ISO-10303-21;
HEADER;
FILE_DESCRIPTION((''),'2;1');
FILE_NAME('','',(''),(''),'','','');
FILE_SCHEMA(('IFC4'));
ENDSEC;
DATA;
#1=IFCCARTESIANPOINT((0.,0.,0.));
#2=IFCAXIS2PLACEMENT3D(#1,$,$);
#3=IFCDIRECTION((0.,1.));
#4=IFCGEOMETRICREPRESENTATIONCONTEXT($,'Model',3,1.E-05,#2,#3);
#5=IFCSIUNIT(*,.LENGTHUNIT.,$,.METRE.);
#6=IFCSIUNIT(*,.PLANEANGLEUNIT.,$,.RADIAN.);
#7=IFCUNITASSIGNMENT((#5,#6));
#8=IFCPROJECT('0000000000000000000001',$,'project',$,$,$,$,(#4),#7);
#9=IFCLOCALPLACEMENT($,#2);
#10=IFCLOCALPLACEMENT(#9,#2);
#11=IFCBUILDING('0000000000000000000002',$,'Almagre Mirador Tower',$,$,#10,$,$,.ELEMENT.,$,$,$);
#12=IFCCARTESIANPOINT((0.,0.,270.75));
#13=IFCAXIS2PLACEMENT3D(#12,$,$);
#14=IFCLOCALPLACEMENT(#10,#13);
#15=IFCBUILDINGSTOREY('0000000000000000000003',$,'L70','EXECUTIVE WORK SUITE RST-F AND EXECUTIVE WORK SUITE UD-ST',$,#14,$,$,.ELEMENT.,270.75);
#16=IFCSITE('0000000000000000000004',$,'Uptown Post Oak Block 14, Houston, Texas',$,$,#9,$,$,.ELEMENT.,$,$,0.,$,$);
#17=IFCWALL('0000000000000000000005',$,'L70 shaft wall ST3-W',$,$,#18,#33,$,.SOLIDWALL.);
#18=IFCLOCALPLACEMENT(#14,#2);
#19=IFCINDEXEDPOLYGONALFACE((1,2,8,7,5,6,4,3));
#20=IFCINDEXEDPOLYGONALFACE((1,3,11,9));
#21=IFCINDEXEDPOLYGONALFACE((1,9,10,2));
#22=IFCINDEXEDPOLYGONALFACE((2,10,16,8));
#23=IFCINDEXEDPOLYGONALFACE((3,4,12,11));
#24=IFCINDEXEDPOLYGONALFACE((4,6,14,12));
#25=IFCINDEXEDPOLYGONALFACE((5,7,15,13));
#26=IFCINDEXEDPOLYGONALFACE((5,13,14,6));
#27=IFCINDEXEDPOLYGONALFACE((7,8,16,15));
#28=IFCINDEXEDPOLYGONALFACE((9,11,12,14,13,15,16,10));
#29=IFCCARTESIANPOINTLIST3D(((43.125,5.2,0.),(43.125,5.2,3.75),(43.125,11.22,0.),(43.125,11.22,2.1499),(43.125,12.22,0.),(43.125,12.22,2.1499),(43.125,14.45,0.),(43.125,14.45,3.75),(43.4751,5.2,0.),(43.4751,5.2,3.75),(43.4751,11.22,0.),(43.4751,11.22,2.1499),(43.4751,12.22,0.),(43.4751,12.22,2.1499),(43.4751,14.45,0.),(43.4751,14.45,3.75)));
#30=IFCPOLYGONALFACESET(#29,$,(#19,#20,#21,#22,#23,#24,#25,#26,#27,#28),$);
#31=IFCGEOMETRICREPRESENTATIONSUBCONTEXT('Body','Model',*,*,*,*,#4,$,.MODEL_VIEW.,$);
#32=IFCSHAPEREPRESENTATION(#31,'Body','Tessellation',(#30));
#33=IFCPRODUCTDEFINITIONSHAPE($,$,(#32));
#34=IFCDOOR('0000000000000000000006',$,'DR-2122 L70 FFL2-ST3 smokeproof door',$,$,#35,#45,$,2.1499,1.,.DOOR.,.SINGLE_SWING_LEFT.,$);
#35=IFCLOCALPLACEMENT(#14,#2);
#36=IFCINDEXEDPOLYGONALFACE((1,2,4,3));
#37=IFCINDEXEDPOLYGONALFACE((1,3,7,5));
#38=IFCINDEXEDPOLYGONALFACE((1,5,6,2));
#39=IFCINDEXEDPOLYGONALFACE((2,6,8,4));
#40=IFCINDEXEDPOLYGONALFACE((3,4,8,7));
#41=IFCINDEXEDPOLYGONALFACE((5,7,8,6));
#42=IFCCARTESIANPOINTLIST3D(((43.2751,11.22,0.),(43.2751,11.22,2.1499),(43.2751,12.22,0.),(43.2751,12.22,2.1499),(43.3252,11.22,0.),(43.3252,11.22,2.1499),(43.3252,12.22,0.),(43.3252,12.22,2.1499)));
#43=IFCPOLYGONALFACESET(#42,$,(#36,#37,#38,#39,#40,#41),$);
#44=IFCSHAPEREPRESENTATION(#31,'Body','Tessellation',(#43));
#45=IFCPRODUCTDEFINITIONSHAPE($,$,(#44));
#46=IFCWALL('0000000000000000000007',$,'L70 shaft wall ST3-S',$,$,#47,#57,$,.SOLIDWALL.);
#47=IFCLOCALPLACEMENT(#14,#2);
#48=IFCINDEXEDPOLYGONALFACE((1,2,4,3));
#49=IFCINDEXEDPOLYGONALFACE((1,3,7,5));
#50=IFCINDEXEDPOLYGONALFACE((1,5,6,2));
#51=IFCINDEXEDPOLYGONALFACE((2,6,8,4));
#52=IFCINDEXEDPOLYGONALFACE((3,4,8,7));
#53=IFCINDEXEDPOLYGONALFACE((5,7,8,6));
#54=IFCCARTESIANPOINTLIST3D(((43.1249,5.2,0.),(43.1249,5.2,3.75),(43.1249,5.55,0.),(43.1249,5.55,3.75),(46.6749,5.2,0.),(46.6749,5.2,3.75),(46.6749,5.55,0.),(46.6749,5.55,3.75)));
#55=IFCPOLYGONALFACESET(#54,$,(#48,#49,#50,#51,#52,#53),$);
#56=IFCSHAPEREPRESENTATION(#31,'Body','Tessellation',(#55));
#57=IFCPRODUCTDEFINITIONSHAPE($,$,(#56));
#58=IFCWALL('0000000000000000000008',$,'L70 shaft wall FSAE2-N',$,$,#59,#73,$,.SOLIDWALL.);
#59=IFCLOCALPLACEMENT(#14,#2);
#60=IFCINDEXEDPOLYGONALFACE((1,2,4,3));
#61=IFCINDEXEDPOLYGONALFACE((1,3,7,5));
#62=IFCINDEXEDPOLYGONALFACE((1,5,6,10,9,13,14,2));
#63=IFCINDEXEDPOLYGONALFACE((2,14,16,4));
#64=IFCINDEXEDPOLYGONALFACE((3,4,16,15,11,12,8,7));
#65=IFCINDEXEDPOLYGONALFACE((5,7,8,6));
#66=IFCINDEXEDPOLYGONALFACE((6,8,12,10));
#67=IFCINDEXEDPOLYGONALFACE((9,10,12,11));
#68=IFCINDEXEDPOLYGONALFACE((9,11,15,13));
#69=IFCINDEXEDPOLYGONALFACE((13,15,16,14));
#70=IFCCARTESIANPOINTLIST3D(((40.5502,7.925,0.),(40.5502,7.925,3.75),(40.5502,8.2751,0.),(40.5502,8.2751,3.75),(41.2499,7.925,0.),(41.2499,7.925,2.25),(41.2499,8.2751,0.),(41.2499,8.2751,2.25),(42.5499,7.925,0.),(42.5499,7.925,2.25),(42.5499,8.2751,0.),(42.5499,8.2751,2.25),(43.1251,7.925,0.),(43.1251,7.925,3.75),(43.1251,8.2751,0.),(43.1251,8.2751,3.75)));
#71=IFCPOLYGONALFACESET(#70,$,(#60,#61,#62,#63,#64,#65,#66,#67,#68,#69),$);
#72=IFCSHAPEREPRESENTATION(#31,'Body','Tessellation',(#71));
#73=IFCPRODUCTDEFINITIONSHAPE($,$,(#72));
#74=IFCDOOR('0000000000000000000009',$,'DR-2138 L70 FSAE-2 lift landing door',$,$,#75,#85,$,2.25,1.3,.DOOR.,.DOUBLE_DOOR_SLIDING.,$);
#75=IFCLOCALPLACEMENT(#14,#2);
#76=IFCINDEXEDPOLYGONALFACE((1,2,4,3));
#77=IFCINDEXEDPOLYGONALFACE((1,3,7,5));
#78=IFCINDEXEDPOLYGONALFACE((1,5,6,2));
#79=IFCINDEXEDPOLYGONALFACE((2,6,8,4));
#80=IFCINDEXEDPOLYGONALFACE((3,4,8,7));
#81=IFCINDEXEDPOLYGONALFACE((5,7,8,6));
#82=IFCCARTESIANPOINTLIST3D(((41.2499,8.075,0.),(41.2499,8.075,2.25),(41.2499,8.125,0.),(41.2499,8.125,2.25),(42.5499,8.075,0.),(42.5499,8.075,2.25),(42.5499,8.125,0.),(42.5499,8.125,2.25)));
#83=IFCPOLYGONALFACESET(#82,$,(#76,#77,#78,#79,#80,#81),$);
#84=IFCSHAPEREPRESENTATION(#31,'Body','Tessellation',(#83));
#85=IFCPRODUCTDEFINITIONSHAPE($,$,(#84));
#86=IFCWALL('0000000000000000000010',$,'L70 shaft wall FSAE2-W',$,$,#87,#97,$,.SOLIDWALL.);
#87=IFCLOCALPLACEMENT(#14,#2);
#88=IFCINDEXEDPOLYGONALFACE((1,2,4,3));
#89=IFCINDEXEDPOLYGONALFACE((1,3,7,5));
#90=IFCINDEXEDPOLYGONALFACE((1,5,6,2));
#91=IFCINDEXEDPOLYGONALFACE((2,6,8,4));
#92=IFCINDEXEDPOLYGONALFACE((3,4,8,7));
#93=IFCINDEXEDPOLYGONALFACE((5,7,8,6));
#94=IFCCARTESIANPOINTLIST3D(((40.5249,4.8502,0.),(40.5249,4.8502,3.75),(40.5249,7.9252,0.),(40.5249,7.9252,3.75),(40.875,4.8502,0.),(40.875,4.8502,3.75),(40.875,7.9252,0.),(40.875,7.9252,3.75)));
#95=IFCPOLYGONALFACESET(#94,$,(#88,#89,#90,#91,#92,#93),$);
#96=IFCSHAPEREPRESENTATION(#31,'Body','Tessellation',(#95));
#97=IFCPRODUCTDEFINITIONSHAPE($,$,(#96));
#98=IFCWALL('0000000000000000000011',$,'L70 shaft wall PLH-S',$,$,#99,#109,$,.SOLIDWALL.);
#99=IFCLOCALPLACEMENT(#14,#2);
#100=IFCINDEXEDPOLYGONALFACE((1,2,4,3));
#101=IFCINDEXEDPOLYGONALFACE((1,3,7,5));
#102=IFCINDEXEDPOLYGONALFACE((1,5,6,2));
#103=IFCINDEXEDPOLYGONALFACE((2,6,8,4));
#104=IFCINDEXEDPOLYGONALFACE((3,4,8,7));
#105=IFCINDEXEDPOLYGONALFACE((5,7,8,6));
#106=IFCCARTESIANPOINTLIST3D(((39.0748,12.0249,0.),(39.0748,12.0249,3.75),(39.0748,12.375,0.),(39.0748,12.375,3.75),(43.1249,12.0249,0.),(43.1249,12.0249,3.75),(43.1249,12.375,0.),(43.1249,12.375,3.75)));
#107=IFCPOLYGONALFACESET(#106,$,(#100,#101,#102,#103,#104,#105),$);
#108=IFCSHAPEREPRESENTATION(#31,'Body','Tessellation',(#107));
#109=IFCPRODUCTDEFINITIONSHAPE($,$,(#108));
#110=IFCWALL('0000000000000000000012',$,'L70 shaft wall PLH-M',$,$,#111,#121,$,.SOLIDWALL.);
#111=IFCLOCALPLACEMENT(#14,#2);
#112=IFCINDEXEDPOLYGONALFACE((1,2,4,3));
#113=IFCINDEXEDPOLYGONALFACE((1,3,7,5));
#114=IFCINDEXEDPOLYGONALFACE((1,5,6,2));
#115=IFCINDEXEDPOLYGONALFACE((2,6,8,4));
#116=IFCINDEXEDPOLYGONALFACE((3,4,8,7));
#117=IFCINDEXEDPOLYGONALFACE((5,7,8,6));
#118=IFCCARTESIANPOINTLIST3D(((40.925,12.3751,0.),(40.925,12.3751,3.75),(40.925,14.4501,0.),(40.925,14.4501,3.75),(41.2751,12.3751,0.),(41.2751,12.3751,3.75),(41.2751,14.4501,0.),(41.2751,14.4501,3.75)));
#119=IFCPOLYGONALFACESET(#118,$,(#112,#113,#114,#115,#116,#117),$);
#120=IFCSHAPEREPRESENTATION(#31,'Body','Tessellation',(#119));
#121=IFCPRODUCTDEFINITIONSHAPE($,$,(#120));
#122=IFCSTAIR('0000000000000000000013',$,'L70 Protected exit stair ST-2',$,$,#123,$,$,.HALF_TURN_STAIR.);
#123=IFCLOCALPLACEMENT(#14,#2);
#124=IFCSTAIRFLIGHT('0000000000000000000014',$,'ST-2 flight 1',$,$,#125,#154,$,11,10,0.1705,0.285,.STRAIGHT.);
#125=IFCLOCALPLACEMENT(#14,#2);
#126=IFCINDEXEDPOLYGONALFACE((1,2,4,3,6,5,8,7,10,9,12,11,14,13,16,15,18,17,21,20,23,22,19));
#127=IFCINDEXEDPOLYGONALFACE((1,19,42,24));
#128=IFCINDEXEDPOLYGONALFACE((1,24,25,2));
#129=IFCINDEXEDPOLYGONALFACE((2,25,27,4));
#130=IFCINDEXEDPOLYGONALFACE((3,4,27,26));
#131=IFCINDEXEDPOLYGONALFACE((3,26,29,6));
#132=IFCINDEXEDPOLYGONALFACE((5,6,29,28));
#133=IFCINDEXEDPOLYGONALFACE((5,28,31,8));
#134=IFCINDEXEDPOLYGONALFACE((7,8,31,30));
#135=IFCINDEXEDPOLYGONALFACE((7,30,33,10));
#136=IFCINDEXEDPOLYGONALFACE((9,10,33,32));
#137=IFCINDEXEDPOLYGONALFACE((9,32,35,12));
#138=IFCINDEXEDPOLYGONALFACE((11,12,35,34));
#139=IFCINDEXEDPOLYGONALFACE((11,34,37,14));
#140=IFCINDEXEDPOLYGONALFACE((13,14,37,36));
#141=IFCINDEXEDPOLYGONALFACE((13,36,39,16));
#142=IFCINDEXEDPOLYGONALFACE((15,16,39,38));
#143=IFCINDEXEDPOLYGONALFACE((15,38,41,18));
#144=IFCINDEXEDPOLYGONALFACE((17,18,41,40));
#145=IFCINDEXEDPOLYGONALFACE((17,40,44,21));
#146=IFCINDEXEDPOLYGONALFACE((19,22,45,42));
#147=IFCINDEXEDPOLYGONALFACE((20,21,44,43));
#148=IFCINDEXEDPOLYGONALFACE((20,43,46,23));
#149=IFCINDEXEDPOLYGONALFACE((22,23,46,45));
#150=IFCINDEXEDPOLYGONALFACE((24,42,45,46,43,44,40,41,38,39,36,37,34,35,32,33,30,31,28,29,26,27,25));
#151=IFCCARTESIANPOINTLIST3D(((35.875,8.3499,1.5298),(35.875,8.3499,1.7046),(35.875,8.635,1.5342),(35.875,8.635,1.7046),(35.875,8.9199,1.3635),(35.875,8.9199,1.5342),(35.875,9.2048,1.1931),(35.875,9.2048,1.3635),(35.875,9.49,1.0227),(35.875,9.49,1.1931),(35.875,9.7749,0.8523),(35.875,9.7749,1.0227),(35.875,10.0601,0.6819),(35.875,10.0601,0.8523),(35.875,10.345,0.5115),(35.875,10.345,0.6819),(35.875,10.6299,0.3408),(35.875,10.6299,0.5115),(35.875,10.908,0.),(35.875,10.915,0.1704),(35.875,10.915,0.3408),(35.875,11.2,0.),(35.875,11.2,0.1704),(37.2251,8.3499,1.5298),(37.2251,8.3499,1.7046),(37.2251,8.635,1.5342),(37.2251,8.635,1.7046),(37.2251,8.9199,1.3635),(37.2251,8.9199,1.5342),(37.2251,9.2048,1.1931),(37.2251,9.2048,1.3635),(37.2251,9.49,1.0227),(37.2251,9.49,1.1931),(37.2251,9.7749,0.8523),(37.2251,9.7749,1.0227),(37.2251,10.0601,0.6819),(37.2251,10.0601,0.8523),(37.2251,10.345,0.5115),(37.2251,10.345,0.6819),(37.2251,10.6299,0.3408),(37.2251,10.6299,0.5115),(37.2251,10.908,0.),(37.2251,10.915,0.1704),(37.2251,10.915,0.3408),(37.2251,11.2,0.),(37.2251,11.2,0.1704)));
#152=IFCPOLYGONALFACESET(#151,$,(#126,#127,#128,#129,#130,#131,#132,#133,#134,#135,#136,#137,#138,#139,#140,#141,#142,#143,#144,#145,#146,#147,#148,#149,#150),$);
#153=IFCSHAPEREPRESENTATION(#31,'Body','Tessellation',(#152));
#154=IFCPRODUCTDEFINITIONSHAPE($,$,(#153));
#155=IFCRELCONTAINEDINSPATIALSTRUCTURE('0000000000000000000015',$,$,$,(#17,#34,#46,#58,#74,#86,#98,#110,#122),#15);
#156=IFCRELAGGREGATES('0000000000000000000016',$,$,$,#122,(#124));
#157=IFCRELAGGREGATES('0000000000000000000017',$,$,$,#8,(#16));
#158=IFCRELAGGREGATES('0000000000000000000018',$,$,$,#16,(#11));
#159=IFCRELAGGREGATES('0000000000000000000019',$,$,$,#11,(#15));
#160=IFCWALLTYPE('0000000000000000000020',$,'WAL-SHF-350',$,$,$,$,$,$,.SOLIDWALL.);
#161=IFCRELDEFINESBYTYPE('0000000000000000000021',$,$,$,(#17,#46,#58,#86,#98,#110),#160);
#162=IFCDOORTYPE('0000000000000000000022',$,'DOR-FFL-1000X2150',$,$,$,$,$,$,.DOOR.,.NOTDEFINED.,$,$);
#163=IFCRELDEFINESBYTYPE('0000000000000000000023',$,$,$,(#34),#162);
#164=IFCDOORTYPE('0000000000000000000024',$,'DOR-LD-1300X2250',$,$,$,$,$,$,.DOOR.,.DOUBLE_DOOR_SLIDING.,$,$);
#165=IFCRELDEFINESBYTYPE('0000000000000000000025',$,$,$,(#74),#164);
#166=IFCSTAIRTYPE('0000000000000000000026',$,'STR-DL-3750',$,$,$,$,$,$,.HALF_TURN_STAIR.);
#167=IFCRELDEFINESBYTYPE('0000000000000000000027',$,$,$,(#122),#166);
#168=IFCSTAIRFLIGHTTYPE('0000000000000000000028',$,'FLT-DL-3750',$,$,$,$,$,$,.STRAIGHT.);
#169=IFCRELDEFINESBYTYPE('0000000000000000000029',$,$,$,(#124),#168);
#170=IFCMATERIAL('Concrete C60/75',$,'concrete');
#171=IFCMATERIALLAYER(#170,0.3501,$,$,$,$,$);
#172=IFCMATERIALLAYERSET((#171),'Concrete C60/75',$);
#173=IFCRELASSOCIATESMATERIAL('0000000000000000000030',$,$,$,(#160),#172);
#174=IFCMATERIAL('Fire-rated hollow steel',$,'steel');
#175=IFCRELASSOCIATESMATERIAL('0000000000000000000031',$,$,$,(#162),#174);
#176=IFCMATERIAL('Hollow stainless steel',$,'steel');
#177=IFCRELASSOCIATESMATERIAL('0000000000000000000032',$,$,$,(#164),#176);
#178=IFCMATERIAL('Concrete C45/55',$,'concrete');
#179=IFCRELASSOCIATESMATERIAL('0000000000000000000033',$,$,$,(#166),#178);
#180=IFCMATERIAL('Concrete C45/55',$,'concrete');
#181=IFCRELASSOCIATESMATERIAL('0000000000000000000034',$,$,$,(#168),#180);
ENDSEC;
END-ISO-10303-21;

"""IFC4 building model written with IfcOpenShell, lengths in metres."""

from ifc_helpers import new_model, si_unit, direction, frame, frame_2d, origin, place, context, subcontext, project, spatial, polyline, rectangle, outline, extrude, material, layer, layer_set, type_object, element, fill, aggregate, save


model = new_model("IFC4")

# Units and contexts
model_context = context("Model", 3, precision=1e-05, world=origin(), true_north=direction((0.0, 1.0)))
body_context = subcontext(model_context, "Body", "Model", "MODEL_VIEW")
ifc_project = project(units=[si_unit("LENGTHUNIT", "METRE"), si_unit("PLANEANGLEUNIT", "RADIAN")], contexts=[model_context])

# Site, building, storey
site_placement = place(None, origin())
site = spatial("IfcSite", under=ifc_project, at=site_placement, Name="Uptown Post Oak Block 14, Houston, Texas", CompositionType="ELEMENT", RefElevation=0.0)
building_placement = place(site_placement, origin())
building = spatial("IfcBuilding", under=site, at=building_placement, Name="Almagre Mirador Tower", CompositionType="ELEMENT")
storey_placement = place(building_placement, frame((0.0, 0.0, 270.75)))
storey = spatial("IfcBuildingStorey", under=building, at=storey_placement, Name="L70", Description="EXECUTIVE WORK SUITE RST-F AND EXECUTIVE WORK SUITE UD-ST", CompositionType="ELEMENT", Elevation=270.75)

# Wall, opening, door
ifc_material_1 = material(Name="Concrete C60/75", Category="concrete")
ifc_layer_1 = layer(ifc_material_1, 0.3501)
ifc_layer_set_1 = layer_set([ifc_layer_1], Name="Concrete C60/75")
wall_type_1 = type_object("IfcWallType", Name="WAL-SHF-350", PredefinedType="SOLIDWALL", material=ifc_layer_set_1)
ifc_material_2 = material(Name="Fire-rated hollow steel", Category="steel")
door_type_1 = type_object("IfcDoorType", Name="DOR-FFL-1000X2150", OperationType="NOTDEFINED", PredefinedType="DOOR", material=ifc_material_2)
wall_1_placement = place(storey_placement, frame((43.3, 5.2, 0.0), z_axis=(0.0, 0.0, 1.0), x_axis=(0.0, 1.0, 0.0)))
wall_1 = element("IfcWall", 1, at=wall_1_placement, inside=storey, type_object=wall_type_1, Name="L70 shaft wall ST3-W", PredefinedType="SOLIDWALL", context=body_context, shape_type="SweptSolid", body=[
    extrude(rectangle(XDim=9.25, YDim=0.3501, at=frame_2d((4.625, 0.0))), origin(), (0.0, 0.0, 1.0), 3.75),
])
opening_1_placement = place(wall_1_placement, frame((6.02, 0.0, 0.0)))
opening_1 = element("IfcOpeningElement", 2, at=opening_1_placement, cuts=wall_1, PredefinedType="OPENING", context=body_context, shape_type="SweptSolid", body=[
    extrude(rectangle(XDim=1.0, YDim=2.1499, at=frame_2d((0.5, 1.075))), frame((0.0, 0.185, 0.0), z_axis=(0.0, -1.0, 0.0), x_axis=(1.0, 0.0, 0.0)), (0.0, 0.0, 1.0), 0.3701),
])
door_1_placement = place(opening_1_placement, origin())
door_1 = element("IfcDoor", 3, at=door_1_placement, inside=storey, type_object=door_type_1, Name="DR-2122 L70 FFL2-ST3 smokeproof door", OperationType="SINGLE_SWING_LEFT", OverallHeight=2.1499, OverallWidth=1.0, PredefinedType="DOOR", context=body_context, shape_type="SweptSolid", body=[
    extrude(rectangle(XDim=1.0, YDim=2.1499, at=frame_2d((0.5, 1.075))), frame((0.0, 0.0249, 0.0), z_axis=(0.0, -1.0, 0.0), x_axis=(1.0, 0.0, 0.0)), (0.0, 0.0, 1.0), 0.05),
])
fill(opening_1, door_1)

# Wall
wall_2_placement = place(storey_placement, frame((43.125, 5.375, 0.0), z_axis=(0.0, 0.0, 1.0), x_axis=(1.0, 0.0, 0.0)))
element("IfcWall", 4, at=wall_2_placement, inside=storey, type_object=wall_type_1, Name="L70 shaft wall ST3-S", PredefinedType="SOLIDWALL", context=body_context, shape_type="SweptSolid", body=[
    extrude(rectangle(XDim=3.55, YDim=0.3501, at=frame_2d((1.7749, 0.0))), origin(), (0.0, 0.0, 1.0), 3.75),
])

# Wall, opening, door
wall_3_placement = place(storey_placement, frame((40.55, 8.1001, 0.0), z_axis=(0.0, 0.0, 1.0), x_axis=(1.0, 0.0, 0.0)))
wall_3 = element("IfcWall", 5, at=wall_3_placement, inside=storey, type_object=wall_type_1, Name="L70 shaft wall FSAE2-N", PredefinedType="SOLIDWALL", context=body_context, shape_type="SweptSolid", body=[
    extrude(rectangle(XDim=2.575, YDim=0.3501, at=frame_2d((1.2876, 0.0))), origin(), (0.0, 0.0, 1.0), 3.75),
])
opening_2_placement = place(wall_3_placement, frame((0.7, 0.0, 0.0)))
opening_2 = element("IfcOpeningElement", 6, at=opening_2_placement, cuts=wall_3, PredefinedType="OPENING", context=body_context, shape_type="SweptSolid", body=[
    extrude(rectangle(XDim=1.3, YDim=2.25, at=frame_2d((0.6499, 1.125))), frame((0.0, 0.185, 0.0), z_axis=(0.0, -1.0, 0.0), x_axis=(1.0, 0.0, 0.0)), (0.0, 0.0, 1.0), 0.3701),
])
ifc_material_3 = material(Name="Hollow stainless steel", Category="steel")
door_type_2 = type_object("IfcDoorType", Name="DOR-LD-1300X2250", OperationType="DOUBLE_DOOR_SLIDING", PredefinedType="DOOR", material=ifc_material_3)
door_2_placement = place(opening_2_placement, origin())
door_2 = element("IfcDoor", 7, at=door_2_placement, inside=storey, type_object=door_type_2, Name="DR-2138 L70 FSAE-2 lift landing door", OperationType="DOUBLE_DOOR_SLIDING", OverallHeight=2.25, OverallWidth=1.3, PredefinedType="DOOR", context=body_context, shape_type="SweptSolid", body=[
    extrude(rectangle(XDim=1.3, YDim=2.25, at=frame_2d((0.6499, 1.125))), frame((0.0, 0.0249, 0.0), z_axis=(0.0, -1.0, 0.0), x_axis=(1.0, 0.0, 0.0)), (0.0, 0.0, 1.0), 0.05),
])
fill(opening_2, door_2)

# Walls
wall_4_placement = place(storey_placement, frame((40.7, 4.8501, 0.0), z_axis=(0.0, 0.0, 1.0), x_axis=(0.0, 1.0, 0.0)))
element("IfcWall", 8, at=wall_4_placement, inside=storey, type_object=wall_type_1, Name="L70 shaft wall FSAE2-W", PredefinedType="SOLIDWALL", context=body_context, shape_type="SweptSolid", body=[
    extrude(rectangle(XDim=3.075, YDim=0.3501, at=frame_2d((1.5376, 0.0))), origin(), (0.0, 0.0, 1.0), 3.75),
])
wall_5_placement = place(storey_placement, frame((39.075, 12.2, 0.0), z_axis=(0.0, 0.0, 1.0), x_axis=(1.0, 0.0, 0.0)))
element("IfcWall", 9, at=wall_5_placement, inside=storey, type_object=wall_type_1, Name="L70 shaft wall PLH-S", PredefinedType="SOLIDWALL", context=body_context, shape_type="SweptSolid", body=[
    extrude(rectangle(XDim=4.05, YDim=0.3501, at=frame_2d((2.0249, 0.0))), origin(), (0.0, 0.0, 1.0), 3.75),
])
wall_6_placement = place(storey_placement, frame((41.1001, 12.375, 0.0), z_axis=(0.0, 0.0, 1.0), x_axis=(0.0, 1.0, 0.0)))
element("IfcWall", 10, at=wall_6_placement, inside=storey, type_object=wall_type_1, Name="L70 shaft wall PLH-M", PredefinedType="SOLIDWALL", context=body_context, shape_type="SweptSolid", body=[
    extrude(rectangle(XDim=2.075, YDim=0.3501, at=frame_2d((1.0376, 0.0))), origin(), (0.0, 0.0, 1.0), 3.75),
])

# Stair, stair flight
ifc_material_4 = material(Name="Concrete C45/55", Category="concrete")
stair_type = type_object("IfcStairType", Name="STR-DL-3750", PredefinedType="HALF_TURN_STAIR", material=ifc_material_4)
stair_1_placement = place(storey_placement, origin())
stair_1 = element("IfcStair", 11, at=stair_1_placement, inside=storey, type_object=stair_type, Name="L70 Protected exit stair ST-2", PredefinedType="HALF_TURN_STAIR")
ifc_material_5 = material(Name="Concrete C45/55", Category="concrete")
stair_flight_type = type_object("IfcStairFlightType", Name="FLT-DL-3750", PredefinedType="STRAIGHT", material=ifc_material_5)
stair_flight_1_placement = place(storey_placement, frame((36.55, 11.2, 0.0), z_axis=(0.0, 0.0, 1.0), x_axis=(0.0, -1.0, 0.0)))
stair_flight_1 = element("IfcStairFlight", 12, at=stair_flight_1_placement, type_object=stair_flight_type, Name="ST-2 flight 1", NumberOfRisers=11, NumberOfTreads=10, PredefinedType="STRAIGHT", RiserHeight=0.1705, TreadLength=0.285, context=body_context, shape_type="SweptSolid", body=[
    extrude(outline(polyline([(0.0, 0.0), (0.0, 0.1704), (0.2849, 0.1704), (0.2849, 0.3408), (0.5701, 0.3408), (0.5701, 0.5115), (0.855, 0.5115), (0.855, 0.6819), (1.1399, 0.6819), (1.1399, 0.8523), (1.425, 0.8523), (1.425, 1.0227), (1.71, 1.0227), (1.71, 1.1931), (1.9951, 1.1931), (1.9951, 1.3635), (2.28, 1.3635), (2.28, 1.5342), (2.5649, 1.5342), (2.5649, 1.7046), (2.8501, 1.7046), (2.8501, 1.875), (2.8501, 1.5298), (0.292, 0.0), (0.0, 0.0)])), frame((0.0, 0.675, 0.0), z_axis=(0.0, -1.0, 0.0), x_axis=(1.0, 0.0, 0.0)), (0.0, 0.0, 1.0), 1.3501),
])
aggregate(stair_1, [stair_flight_1])

save(model, "model.ifc")
